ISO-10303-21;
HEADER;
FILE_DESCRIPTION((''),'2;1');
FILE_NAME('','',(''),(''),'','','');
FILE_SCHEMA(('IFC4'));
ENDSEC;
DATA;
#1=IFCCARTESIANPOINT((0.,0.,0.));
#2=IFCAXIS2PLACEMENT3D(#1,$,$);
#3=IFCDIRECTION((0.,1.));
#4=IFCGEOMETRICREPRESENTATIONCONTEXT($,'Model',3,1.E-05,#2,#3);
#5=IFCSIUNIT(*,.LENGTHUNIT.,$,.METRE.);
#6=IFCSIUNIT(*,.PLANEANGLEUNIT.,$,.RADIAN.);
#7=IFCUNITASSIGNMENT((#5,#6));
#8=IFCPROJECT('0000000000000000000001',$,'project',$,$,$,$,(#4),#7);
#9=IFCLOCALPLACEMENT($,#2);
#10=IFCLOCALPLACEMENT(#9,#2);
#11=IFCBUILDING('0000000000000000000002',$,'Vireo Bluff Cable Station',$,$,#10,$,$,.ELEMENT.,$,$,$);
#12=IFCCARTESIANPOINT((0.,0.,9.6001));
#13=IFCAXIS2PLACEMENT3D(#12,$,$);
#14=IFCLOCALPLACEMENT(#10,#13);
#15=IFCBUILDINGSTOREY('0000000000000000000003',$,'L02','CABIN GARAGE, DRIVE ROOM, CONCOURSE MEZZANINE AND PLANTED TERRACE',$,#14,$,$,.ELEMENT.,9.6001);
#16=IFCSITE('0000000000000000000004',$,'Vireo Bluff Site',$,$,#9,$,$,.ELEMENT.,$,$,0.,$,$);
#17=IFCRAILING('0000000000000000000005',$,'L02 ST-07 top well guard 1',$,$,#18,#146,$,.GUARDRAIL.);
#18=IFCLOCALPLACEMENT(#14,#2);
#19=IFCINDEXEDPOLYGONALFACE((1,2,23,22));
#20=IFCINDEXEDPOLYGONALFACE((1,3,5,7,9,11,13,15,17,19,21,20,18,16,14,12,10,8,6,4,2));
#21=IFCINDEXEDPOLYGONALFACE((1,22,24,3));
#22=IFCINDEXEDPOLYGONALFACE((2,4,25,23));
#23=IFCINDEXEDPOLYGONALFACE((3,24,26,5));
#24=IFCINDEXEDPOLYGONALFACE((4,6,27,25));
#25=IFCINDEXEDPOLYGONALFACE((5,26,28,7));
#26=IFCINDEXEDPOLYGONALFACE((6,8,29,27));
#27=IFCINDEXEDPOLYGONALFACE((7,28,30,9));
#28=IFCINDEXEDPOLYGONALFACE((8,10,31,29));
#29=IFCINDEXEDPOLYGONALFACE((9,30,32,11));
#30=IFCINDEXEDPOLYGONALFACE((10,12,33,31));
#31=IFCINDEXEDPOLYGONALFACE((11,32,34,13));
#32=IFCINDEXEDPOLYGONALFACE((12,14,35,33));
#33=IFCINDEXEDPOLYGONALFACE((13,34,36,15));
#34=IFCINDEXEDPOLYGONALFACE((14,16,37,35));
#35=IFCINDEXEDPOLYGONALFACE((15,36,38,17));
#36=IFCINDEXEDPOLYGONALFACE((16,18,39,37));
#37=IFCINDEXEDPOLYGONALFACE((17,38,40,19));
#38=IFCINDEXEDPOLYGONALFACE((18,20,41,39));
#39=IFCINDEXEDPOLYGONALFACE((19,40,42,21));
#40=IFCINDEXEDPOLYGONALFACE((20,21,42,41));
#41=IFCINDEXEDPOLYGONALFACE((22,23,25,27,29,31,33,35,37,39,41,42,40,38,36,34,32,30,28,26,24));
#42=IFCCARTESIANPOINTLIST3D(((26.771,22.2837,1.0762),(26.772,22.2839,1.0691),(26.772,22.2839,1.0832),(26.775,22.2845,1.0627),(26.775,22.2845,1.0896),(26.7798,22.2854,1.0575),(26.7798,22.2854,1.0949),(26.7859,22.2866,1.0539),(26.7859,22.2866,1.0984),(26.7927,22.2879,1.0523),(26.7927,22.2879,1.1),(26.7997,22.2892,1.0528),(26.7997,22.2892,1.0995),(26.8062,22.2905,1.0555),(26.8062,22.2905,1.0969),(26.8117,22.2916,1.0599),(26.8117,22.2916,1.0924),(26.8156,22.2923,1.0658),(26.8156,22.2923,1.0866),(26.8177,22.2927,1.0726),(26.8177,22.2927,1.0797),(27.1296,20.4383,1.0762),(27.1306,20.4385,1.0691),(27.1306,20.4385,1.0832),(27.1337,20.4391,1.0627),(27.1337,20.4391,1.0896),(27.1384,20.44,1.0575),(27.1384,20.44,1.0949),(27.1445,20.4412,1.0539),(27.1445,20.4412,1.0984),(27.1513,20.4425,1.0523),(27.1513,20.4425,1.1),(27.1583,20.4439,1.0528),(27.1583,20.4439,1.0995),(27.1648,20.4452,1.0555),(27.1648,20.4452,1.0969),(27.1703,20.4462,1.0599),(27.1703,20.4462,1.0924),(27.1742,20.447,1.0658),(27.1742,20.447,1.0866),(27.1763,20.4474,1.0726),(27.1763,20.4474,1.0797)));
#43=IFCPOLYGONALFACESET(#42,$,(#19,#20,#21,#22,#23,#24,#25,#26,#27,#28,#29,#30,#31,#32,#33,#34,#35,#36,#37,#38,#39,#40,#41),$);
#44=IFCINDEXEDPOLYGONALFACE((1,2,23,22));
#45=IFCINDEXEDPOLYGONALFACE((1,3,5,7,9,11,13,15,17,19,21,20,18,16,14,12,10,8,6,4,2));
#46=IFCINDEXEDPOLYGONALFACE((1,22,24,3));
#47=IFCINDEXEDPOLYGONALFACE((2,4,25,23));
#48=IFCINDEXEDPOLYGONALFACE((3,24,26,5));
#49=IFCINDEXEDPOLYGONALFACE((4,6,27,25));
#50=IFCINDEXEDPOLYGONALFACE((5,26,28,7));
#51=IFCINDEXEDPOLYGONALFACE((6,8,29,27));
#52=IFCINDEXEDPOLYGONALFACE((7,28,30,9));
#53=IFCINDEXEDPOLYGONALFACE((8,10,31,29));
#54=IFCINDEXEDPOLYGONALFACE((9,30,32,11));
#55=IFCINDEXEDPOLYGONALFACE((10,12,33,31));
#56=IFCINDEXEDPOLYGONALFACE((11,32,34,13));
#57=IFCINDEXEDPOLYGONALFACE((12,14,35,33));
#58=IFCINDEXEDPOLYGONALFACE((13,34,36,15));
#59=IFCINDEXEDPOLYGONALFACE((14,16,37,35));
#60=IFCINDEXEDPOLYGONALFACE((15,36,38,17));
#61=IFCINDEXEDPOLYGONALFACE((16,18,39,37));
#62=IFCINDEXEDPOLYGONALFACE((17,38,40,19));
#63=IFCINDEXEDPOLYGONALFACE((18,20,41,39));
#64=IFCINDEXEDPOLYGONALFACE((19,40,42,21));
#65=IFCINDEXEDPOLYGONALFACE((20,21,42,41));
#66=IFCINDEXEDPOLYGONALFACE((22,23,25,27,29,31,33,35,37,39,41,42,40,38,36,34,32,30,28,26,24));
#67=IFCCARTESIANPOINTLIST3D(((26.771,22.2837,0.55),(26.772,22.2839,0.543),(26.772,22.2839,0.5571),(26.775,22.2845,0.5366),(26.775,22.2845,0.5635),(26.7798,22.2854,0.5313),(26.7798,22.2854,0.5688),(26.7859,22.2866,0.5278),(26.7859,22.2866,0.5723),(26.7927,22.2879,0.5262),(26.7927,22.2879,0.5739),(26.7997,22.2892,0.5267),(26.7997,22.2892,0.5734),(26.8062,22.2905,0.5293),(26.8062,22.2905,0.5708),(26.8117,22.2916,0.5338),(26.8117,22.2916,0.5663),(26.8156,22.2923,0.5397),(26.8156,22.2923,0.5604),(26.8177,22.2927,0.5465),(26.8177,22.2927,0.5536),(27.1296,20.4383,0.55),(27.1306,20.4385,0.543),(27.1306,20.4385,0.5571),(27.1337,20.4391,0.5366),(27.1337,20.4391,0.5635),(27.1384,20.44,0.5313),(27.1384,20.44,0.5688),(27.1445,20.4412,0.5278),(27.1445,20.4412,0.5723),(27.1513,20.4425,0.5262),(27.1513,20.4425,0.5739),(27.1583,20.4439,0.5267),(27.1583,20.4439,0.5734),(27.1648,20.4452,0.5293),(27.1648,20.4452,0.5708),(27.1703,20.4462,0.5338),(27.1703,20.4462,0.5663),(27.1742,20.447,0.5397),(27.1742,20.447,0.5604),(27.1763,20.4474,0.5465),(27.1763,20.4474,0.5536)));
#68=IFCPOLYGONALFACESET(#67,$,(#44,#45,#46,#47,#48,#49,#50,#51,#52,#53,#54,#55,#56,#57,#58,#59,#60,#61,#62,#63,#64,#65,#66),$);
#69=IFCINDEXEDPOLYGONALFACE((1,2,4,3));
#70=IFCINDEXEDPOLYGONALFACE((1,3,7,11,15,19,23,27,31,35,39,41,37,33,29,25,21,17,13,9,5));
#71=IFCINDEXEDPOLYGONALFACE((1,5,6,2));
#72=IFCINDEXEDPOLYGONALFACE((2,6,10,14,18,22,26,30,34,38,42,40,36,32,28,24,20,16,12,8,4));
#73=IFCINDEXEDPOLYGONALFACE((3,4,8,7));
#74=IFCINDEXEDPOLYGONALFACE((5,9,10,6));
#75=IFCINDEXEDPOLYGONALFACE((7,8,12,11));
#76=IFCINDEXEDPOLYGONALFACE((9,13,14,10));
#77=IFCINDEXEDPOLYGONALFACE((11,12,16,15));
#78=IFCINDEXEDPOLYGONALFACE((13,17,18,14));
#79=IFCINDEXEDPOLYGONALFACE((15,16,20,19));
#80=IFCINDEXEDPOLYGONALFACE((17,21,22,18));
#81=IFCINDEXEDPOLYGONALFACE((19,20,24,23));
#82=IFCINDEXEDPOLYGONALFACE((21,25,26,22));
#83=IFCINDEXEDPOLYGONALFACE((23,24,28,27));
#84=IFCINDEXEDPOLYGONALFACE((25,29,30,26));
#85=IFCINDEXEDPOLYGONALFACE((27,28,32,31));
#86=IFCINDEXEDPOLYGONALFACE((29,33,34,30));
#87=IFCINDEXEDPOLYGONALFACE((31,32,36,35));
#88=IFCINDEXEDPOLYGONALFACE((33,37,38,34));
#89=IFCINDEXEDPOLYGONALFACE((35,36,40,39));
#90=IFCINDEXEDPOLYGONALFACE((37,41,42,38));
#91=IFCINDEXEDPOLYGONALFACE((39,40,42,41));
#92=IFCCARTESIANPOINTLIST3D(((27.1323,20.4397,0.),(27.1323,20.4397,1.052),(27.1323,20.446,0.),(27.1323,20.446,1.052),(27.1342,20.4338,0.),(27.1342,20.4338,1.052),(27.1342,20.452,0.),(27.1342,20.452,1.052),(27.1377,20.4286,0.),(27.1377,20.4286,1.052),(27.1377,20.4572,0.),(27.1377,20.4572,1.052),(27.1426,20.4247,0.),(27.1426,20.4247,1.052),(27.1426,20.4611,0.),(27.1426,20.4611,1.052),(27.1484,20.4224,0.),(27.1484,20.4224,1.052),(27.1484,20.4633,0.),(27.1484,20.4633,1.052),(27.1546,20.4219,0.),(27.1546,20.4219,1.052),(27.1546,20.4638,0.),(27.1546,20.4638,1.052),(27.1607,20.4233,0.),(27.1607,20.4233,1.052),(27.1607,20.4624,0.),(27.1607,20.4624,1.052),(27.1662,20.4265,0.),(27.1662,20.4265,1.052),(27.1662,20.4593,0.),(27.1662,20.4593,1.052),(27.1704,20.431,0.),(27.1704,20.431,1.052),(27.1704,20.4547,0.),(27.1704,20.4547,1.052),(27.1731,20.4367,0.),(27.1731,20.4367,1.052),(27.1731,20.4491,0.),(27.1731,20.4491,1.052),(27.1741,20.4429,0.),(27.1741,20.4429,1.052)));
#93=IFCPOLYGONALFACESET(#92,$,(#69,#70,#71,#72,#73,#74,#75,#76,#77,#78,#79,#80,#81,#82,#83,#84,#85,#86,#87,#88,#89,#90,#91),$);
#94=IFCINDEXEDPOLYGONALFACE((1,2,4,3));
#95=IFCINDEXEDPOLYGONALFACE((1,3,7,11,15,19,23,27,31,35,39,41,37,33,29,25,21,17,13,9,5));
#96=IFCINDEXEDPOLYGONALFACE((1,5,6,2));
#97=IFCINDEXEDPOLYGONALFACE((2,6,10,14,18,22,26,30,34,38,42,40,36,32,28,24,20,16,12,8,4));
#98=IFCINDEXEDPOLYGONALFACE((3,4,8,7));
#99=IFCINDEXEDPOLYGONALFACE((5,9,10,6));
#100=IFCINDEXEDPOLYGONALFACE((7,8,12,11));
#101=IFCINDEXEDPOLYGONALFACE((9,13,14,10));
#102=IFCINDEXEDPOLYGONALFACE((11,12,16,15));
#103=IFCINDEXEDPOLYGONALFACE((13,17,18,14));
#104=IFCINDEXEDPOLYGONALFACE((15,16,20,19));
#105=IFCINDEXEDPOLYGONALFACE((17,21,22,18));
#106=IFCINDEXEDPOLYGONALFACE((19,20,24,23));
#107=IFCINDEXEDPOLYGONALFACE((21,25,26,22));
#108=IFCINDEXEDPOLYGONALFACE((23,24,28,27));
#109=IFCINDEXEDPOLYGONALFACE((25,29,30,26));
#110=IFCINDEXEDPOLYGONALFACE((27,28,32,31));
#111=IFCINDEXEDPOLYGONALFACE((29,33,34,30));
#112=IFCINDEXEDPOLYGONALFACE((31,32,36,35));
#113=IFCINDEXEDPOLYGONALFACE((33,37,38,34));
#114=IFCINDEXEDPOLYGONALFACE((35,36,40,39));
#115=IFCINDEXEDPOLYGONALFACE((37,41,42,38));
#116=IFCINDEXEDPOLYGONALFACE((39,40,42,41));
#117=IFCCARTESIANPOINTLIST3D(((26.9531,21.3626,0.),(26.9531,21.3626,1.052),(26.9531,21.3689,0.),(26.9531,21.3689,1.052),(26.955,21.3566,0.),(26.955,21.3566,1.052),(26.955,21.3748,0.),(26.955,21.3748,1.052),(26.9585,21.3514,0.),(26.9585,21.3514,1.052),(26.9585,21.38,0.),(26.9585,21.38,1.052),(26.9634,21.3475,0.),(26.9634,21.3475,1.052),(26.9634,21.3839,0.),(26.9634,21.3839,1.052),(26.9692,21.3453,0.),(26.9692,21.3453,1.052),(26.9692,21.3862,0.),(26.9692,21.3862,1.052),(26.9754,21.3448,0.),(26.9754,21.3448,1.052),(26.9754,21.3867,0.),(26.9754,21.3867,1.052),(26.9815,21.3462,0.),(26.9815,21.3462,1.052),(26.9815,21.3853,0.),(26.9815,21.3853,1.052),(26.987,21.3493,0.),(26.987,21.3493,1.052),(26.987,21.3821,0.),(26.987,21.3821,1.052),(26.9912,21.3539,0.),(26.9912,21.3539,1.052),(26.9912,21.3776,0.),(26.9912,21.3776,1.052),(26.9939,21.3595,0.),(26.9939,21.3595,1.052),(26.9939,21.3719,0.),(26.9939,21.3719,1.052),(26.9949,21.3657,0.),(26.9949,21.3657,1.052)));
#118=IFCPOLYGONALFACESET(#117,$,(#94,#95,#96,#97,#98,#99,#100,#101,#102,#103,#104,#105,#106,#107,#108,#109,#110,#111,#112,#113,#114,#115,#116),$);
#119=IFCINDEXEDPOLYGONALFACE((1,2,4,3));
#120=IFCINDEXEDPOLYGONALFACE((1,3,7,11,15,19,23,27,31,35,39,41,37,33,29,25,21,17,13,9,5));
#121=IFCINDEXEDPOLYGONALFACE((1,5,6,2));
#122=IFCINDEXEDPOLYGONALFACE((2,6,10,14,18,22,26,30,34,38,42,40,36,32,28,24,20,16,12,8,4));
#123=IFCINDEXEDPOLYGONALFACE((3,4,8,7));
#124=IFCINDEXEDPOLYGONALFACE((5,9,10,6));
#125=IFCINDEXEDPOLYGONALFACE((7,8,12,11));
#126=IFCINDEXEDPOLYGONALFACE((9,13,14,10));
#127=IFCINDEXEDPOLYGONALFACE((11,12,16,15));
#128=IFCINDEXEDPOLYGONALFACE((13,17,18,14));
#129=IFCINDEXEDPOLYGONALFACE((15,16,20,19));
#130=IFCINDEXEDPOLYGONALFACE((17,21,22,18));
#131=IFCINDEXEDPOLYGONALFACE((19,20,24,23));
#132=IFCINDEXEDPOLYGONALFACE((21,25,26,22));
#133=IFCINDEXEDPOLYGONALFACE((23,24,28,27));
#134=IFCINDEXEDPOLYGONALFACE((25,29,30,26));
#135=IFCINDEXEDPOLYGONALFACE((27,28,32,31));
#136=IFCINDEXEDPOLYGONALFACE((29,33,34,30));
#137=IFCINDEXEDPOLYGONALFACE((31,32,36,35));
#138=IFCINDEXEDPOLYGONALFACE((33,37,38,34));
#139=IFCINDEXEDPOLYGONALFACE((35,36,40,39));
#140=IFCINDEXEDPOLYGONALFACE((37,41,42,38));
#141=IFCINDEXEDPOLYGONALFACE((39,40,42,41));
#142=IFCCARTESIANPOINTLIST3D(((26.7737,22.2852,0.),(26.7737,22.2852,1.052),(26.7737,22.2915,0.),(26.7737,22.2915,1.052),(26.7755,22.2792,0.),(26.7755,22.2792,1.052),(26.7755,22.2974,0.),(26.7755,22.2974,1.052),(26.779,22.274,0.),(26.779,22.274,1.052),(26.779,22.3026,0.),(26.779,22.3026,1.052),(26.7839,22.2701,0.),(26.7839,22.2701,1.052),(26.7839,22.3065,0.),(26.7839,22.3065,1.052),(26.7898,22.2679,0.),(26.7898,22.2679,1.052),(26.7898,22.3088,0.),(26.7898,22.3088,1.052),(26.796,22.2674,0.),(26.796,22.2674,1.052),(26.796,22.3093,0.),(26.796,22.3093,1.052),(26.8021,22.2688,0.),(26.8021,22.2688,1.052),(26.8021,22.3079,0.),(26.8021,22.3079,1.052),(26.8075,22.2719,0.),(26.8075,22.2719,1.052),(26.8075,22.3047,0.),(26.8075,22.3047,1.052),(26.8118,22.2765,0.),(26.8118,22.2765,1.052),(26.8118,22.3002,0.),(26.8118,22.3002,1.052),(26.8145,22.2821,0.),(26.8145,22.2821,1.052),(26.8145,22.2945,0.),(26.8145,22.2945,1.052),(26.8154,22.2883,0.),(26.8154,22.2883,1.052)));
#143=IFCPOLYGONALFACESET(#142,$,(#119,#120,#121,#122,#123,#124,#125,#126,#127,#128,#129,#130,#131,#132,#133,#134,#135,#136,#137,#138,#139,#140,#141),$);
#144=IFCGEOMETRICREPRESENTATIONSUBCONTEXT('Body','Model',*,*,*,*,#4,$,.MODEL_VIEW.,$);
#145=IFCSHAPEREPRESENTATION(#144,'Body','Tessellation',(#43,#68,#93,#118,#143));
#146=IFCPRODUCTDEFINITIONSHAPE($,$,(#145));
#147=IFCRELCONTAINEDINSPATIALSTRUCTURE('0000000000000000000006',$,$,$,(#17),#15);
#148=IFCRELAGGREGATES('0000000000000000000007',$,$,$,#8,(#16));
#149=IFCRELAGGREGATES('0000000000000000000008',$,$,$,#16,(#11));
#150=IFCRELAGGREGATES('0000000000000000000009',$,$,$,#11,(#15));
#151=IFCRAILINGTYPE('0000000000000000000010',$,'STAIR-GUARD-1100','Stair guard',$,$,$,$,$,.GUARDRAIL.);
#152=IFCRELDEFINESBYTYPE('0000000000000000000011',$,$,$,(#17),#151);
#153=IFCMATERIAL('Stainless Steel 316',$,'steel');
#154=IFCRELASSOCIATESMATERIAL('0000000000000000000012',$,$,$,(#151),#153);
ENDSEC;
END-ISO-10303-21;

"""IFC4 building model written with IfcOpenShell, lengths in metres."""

from ifc_helpers import new_model, si_unit, direction, frame, origin, origin_2d, place, context, subcontext, project, spatial, circle, extrude, material, type_object, element, save


model = new_model("IFC4")

# Units and contexts
model_context = context("Model", 3, precision=1e-05, world=origin(), true_north=direction((0.0, 1.0)))
body_context = subcontext(model_context, "Body", "Model", "MODEL_VIEW")
ifc_project = project(units=[si_unit("LENGTHUNIT", "METRE"), si_unit("PLANEANGLEUNIT", "RADIAN")], contexts=[model_context])

# Site, building, storey
site_placement = place(None, origin())
site = spatial("IfcSite", under=ifc_project, at=site_placement, Name="Vireo Bluff Site", CompositionType="ELEMENT", RefElevation=0.0)
building_placement = place(site_placement, origin())
building = spatial("IfcBuilding", under=site, at=building_placement, Name="Vireo Bluff Cable Station", CompositionType="ELEMENT")
storey_placement = place(building_placement, frame((0.0, 0.0, 9.6001)))
storey = spatial("IfcBuildingStorey", under=building, at=storey_placement, Name="L02", Description="CABIN GARAGE, DRIVE ROOM, CONCOURSE MEZZANINE AND PLANTED TERRACE", CompositionType="ELEMENT", Elevation=9.6001)

# Railing
ifc_material_1 = material(Name="Stainless Steel 316", Category="steel")
railing_type = type_object("IfcRailingType", Name="STAIR-GUARD-1100", Description="Stair guard", PredefinedType="GUARDRAIL", material=ifc_material_1)
railing_1_placement = place(storey_placement, frame((27.1531, 20.4429, 0.0)))
element("IfcRailing", 1, at=railing_1_placement, inside=storey, type_object=railing_type, Name="L02 ST-07 top well guard 1", PredefinedType="GUARDRAIL", context=body_context, shape_type="SweptSolid", body=[
    extrude(circle(Radius=0.0239, at=origin_2d()), frame((0.0, 0.0, 1.0762), z_axis=(-0.190769, 0.981635, 0.0), x_axis=(-0.981635, -0.190769, 0.0)), (0.0, 0.0, 1.0), 1.8799),
    extrude(circle(Radius=0.0239, at=origin_2d()), frame((0.0, 0.0, 0.55), z_axis=(-0.190769, 0.981635, 0.0), x_axis=(-0.981635, -0.190769, 0.0)), (0.0, 0.0, 1.0), 1.8799),
    extrude(circle(Radius=0.021, at=origin_2d()), origin(), (0.0, 0.0, 1.0), 1.052),
    extrude(circle(Radius=0.021, at=origin_2d()), frame((-0.1792, 0.9229, 0.0)), (0.0, 0.0, 1.0), 1.052),
    extrude(circle(Radius=0.021, at=origin_2d()), frame((-0.3586, 1.8455, 0.0)), (0.0, 0.0, 1.0), 1.052),
])

save(model, "model.ifc")
